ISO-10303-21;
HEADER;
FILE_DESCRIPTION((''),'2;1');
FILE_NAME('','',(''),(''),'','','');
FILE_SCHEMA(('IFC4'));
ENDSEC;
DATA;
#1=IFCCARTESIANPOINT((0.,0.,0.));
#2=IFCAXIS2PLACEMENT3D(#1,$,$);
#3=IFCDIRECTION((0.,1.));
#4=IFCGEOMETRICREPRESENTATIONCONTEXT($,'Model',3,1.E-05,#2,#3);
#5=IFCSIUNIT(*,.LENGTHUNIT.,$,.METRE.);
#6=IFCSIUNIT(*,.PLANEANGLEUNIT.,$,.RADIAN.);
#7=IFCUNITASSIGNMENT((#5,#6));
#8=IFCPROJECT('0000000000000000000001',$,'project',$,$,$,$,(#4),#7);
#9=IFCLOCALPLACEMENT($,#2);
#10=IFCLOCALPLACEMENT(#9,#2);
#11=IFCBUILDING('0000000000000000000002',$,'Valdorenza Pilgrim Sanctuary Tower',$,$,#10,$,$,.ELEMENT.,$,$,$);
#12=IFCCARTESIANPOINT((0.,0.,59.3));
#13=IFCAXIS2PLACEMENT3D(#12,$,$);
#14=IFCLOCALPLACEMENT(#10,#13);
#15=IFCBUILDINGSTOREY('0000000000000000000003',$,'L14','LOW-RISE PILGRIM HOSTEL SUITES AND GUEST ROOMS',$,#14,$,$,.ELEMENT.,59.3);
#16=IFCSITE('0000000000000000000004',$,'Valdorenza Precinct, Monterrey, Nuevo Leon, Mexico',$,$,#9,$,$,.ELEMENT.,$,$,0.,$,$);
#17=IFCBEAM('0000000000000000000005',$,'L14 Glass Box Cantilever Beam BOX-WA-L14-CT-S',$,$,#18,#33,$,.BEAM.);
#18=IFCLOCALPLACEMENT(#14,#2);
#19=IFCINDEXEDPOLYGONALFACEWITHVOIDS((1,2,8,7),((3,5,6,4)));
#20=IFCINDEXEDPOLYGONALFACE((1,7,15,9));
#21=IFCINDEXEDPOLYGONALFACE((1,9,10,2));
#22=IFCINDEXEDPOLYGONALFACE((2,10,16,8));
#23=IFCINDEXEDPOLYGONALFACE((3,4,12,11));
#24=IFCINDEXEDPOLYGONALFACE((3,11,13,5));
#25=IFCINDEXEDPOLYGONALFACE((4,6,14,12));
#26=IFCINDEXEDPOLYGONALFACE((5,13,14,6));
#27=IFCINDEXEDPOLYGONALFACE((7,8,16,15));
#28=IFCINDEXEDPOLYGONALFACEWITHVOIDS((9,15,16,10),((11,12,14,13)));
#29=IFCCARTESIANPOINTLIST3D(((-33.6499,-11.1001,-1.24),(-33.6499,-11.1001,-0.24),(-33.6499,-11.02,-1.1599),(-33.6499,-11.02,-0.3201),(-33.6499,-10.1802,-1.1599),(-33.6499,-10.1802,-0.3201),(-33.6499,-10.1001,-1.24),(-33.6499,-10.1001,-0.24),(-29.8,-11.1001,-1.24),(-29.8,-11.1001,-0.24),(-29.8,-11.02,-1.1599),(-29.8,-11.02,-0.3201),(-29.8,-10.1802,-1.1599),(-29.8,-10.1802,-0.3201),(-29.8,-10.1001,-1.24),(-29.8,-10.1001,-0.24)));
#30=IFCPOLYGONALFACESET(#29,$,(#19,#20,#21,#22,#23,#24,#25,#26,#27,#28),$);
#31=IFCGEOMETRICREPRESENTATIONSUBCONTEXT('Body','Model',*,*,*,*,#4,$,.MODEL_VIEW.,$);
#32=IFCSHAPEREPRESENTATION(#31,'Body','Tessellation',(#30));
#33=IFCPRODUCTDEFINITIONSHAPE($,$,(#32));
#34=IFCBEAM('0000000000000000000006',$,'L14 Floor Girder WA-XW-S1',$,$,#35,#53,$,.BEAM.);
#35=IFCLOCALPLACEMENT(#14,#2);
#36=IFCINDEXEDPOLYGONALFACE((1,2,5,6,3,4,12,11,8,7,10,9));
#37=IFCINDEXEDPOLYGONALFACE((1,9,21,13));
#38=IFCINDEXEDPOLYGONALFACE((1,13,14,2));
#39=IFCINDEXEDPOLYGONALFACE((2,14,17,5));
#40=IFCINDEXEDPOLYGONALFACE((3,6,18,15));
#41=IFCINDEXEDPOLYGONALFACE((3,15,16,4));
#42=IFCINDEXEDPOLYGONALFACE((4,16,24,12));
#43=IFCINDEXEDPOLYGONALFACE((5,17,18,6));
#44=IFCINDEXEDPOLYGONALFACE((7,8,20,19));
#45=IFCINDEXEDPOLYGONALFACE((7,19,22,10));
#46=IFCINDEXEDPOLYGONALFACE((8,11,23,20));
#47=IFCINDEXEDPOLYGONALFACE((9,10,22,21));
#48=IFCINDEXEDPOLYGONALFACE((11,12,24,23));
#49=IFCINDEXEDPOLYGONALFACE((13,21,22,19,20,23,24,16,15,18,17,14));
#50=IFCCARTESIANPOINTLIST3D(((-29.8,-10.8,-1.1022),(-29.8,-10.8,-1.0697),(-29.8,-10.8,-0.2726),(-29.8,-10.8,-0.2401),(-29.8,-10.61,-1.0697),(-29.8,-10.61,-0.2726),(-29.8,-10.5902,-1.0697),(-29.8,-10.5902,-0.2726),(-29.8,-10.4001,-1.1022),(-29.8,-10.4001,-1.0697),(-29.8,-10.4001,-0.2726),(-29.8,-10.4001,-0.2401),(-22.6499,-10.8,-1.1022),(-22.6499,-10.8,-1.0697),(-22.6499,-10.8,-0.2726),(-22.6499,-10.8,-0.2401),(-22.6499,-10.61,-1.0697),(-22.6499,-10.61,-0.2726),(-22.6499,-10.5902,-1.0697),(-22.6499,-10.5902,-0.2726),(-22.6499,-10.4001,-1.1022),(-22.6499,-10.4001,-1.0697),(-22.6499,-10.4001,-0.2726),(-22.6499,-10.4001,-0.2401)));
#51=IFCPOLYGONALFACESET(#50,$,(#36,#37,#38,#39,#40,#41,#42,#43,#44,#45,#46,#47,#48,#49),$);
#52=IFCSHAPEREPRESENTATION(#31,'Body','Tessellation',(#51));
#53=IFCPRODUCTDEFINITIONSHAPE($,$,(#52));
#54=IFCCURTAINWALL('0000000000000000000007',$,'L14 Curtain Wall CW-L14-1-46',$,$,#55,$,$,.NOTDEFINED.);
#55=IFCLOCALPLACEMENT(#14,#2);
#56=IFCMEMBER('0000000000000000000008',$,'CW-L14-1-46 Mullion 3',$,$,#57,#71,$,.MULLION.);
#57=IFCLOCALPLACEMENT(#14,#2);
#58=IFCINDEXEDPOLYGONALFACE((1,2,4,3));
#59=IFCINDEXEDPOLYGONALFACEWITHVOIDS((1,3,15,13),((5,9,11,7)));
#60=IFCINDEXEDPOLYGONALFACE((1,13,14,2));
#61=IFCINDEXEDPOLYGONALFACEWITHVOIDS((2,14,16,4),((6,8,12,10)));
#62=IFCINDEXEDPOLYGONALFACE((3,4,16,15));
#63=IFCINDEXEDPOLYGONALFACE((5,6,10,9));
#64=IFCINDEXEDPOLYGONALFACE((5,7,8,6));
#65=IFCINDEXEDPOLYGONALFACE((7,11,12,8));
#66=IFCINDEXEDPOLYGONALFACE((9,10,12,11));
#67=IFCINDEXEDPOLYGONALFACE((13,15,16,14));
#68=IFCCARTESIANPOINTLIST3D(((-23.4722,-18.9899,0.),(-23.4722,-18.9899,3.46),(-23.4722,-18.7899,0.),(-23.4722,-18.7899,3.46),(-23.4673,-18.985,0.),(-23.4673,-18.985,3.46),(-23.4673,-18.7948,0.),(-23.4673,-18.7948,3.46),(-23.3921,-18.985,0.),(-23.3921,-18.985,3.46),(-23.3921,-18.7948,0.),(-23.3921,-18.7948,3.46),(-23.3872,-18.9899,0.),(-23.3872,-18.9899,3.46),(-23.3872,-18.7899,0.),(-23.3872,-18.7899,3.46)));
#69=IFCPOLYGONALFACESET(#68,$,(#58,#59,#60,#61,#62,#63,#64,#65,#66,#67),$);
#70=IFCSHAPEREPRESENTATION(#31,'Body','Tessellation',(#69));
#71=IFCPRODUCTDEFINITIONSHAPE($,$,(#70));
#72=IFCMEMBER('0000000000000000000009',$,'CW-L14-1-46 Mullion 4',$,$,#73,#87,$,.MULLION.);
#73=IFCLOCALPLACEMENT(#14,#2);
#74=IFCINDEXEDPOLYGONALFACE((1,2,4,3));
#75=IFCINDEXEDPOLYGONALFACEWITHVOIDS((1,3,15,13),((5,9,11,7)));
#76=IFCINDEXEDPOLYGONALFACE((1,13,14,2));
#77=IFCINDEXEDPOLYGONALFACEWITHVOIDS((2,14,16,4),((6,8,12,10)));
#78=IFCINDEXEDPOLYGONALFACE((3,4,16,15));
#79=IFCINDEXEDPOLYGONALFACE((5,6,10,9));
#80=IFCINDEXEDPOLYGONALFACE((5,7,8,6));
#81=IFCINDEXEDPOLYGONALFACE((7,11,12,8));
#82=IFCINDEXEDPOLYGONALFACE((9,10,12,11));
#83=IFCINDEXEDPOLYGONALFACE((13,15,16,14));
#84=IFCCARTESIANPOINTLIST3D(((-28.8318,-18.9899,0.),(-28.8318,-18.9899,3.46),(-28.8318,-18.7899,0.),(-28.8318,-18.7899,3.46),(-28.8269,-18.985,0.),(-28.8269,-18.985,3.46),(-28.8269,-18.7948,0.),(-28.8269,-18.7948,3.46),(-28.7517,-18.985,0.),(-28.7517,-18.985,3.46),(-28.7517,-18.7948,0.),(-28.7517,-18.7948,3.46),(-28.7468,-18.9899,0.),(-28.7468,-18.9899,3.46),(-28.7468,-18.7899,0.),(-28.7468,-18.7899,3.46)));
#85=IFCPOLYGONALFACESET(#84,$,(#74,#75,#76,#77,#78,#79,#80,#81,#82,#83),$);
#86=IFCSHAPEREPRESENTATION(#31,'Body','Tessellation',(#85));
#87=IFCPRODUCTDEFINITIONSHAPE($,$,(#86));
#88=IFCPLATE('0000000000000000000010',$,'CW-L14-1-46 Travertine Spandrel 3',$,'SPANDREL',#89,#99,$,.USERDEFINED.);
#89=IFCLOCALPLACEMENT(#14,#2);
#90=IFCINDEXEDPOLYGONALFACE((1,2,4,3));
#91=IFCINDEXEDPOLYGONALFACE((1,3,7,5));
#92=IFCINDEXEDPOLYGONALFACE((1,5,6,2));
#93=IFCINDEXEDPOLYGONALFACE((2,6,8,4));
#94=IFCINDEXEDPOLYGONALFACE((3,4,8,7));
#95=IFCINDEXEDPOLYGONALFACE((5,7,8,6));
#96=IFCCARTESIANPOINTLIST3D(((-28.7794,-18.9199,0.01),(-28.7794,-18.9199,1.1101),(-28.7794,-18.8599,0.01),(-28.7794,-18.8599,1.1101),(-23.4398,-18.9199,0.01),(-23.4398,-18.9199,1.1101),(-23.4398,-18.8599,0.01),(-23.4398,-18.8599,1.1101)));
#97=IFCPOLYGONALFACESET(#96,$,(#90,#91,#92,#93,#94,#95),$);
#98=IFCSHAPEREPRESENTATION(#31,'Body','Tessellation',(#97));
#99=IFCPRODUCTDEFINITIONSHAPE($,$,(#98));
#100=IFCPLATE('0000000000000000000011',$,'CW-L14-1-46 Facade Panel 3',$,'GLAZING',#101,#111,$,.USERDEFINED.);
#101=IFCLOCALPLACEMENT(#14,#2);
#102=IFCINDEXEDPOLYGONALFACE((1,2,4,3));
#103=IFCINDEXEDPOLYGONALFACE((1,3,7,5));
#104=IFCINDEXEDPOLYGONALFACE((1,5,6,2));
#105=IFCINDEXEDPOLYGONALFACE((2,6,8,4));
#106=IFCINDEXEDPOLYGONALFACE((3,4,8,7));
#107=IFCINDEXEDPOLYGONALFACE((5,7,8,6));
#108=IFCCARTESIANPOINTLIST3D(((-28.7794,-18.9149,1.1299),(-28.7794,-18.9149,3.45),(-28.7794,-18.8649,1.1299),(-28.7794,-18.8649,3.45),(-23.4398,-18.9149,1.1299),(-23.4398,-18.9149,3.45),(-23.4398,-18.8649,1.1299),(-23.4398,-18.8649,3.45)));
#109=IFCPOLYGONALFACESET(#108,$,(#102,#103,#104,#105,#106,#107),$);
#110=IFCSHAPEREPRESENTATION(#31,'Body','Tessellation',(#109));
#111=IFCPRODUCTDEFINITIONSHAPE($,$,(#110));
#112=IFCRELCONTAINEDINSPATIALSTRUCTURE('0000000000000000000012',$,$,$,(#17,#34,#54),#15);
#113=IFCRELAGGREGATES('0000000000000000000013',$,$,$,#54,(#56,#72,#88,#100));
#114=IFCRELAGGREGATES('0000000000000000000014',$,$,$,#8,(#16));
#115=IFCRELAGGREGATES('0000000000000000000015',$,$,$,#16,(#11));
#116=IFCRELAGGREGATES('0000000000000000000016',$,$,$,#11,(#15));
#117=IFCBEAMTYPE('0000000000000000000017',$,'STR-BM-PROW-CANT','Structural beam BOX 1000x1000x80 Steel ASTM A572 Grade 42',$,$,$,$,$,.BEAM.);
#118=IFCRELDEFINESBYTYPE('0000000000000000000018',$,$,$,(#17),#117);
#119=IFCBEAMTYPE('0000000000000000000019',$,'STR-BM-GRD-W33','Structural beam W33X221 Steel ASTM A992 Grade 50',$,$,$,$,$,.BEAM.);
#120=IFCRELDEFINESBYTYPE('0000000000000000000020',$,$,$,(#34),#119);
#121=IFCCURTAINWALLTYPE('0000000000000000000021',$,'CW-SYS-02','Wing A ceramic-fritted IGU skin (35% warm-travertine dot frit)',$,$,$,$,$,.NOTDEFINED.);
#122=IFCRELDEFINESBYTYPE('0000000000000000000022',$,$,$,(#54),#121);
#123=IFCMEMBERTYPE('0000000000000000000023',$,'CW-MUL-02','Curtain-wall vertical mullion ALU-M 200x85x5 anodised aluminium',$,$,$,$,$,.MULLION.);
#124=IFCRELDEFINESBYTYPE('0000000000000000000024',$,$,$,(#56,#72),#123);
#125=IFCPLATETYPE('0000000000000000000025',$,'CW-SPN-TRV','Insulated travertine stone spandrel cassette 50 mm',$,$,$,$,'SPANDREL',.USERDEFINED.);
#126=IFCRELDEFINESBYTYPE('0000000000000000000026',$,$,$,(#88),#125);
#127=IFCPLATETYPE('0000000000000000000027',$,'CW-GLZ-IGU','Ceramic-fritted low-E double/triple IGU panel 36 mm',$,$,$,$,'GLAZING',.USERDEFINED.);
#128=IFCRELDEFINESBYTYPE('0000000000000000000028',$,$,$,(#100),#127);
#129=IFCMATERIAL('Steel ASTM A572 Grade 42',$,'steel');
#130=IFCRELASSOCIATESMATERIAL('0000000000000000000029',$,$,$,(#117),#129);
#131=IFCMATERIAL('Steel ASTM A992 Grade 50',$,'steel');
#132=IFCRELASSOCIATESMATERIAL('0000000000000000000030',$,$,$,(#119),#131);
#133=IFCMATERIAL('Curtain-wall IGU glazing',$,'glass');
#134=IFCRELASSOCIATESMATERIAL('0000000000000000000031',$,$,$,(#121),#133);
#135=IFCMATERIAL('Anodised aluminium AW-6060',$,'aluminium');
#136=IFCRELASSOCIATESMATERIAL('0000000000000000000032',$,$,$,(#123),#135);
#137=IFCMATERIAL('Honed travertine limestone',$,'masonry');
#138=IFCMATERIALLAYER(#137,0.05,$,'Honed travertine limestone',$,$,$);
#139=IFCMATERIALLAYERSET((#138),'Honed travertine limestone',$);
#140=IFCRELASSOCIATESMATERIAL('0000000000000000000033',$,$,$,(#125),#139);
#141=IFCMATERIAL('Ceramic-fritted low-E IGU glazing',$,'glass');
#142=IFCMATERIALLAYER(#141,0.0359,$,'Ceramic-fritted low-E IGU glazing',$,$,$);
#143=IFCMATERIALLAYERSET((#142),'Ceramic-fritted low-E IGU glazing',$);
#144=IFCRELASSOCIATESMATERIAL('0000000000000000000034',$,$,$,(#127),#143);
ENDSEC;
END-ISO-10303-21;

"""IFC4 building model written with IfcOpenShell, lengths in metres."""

from ifc_helpers import new_model, si_unit, direction, frame, origin, origin_2d, place, context, subcontext, project, spatial, rectangle, hollow_rectangle, i_section, extrude, source, transform, mapped, material, layer, layer_set, material_profile, profile_set, type_object, element, aggregate, save


model = new_model("IFC4")

# Units and contexts
model_context = context("Model", 3, precision=1e-05, world=origin(), true_north=direction((0.0, 1.0)))
body_context = subcontext(model_context, "Body", "Model", "MODEL_VIEW")
ifc_project = project(units=[si_unit("LENGTHUNIT", "METRE"), si_unit("PLANEANGLEUNIT", "RADIAN")], contexts=[model_context])

# Site, building, storey
site_placement = place(None, origin())
site = spatial("IfcSite", under=ifc_project, at=site_placement, Name="Valdorenza Precinct, Monterrey, Nuevo Leon, Mexico", CompositionType="ELEMENT", RefElevation=0.0)
building_placement = place(site_placement, origin())
building = spatial("IfcBuilding", under=site, at=building_placement, Name="Valdorenza Pilgrim Sanctuary Tower", CompositionType="ELEMENT")
storey_placement = place(building_placement, frame((0.0, 0.0, 59.3)))
storey = spatial("IfcBuildingStorey", under=building, at=storey_placement, Name="L14", Description="LOW-RISE PILGRIM HOSTEL SUITES AND GUEST ROOMS", CompositionType="ELEMENT", Elevation=59.3)

# Shared definitions
ifc_material_1 = material(Name="Steel ASTM A992 Grade 50", Category="steel")

# Beams
ifc_material_2 = material(Name="Steel ASTM A572 Grade 42", Category="steel")
ifc_material_profile_1 = material_profile(ifc_material_2, hollow_rectangle(XDim=1.0, YDim=1.0, WallThickness=0.0801, at=origin_2d()), Name="BOX 1000x1000x80")
ifc_profile_set_1 = profile_set([ifc_material_profile_1], Name="Steel ASTM A572 Grade 42")
beam_type_1 = type_object("IfcBeamType", Name="STR-BM-PROW-CANT", Description="Structural beam BOX 1000x1000x80 Steel ASTM A572 Grade 42", PredefinedType="BEAM", material=ifc_profile_set_1)
shared_shape_1 = source(origin(), body_context, "Body", "SweptSolid", [
    extrude(hollow_rectangle(XDim=1.0, YDim=1.0, WallThickness=0.0801, at=origin_2d()), origin(), (0.0, 0.0, 1.0), 3.8499),
])
beam_1_placement = place(storey_placement, frame((-29.8, -10.6001, -0.74), z_axis=(-1.0, 0.0, 0.0), x_axis=(0.0, -1.0, 0.0)))
element("IfcBeam", 1, at=beam_1_placement, inside=storey, type_object=beam_type_1, Name="L14 Glass Box Cantilever Beam BOX-WA-L14-CT-S", PredefinedType="BEAM", context=body_context, shape_type="MappedRepresentation", body=[
    mapped(shared_shape_1, transform((0.0, 0.0, 0.0), x_axis=(1.0, 0.0, 0.0), y_axis=(0.0, 1.0, 0.0), z_axis=(0.0, 0.0, 1.0), scale=1.0)),
])
ifc_material_profile_2 = material_profile(ifc_material_1, i_section(OverallWidth=0.3999, OverallDepth=0.8621, WebThickness=0.0198, FlangeThickness=0.0325, at=origin_2d()), Name="W33X221")
ifc_profile_set_2 = profile_set([ifc_material_profile_2], Name="Steel ASTM A992 Grade 50")
beam_type_2 = type_object("IfcBeamType", Name="STR-BM-GRD-W33", Description="Structural beam W33X221 Steel ASTM A992 Grade 50", PredefinedType="BEAM", material=ifc_profile_set_2)
shared_shape_2 = source(origin(), body_context, "Body", "SweptSolid", [
    extrude(i_section(OverallWidth=0.3999, OverallDepth=0.8621, WebThickness=0.0198, FlangeThickness=0.0325, at=origin_2d()), origin(), (0.0, 0.0, 1.0), 7.1501),
])
beam_2_placement = place(storey_placement, frame((-29.8, -10.6001, -0.6711), z_axis=(1.0, 0.0, 0.0), x_axis=(0.0, 1.0, 0.0)))
element("IfcBeam", 2, at=beam_2_placement, inside=storey, type_object=beam_type_2, Name="L14 Floor Girder WA-XW-S1", PredefinedType="BEAM", context=body_context, shape_type="MappedRepresentation", body=[
    mapped(shared_shape_2, transform((0.0, 0.0, 0.0), x_axis=(1.0, 0.0, 0.0), y_axis=(0.0, 1.0, 0.0), z_axis=(0.0, 0.0, 1.0), scale=1.0)),
])

# Curtain wall, members, plates
ifc_material_3 = material(Name="Curtain-wall IGU glazing", Category="glass")
curtain_wall_type = type_object("IfcCurtainWallType", Name="CW-SYS-02", Description="Wing A ceramic-fritted IGU skin (35% warm-travertine dot frit)", PredefinedType="NOTDEFINED", material=ifc_material_3)
curtain_wall_placement = place(storey_placement, origin())
curtain_wall = element("IfcCurtainWall", 3, at=curtain_wall_placement, inside=storey, type_object=curtain_wall_type, Name="L14 Curtain Wall CW-L14-1-46", PredefinedType="NOTDEFINED")
ifc_material_4 = material(Name="Anodised aluminium AW-6060", Category="aluminium")
ifc_material_profile_3 = material_profile(ifc_material_4, hollow_rectangle(XDim=0.085, YDim=0.2, WallThickness=0.0049, at=origin_2d()), Name="ALU-M 200x85x5")
ifc_profile_set_3 = profile_set([ifc_material_profile_3], Name="Anodised aluminium AW-6060")
member_type = type_object("IfcMemberType", Name="CW-MUL-02", Description="Curtain-wall vertical mullion ALU-M 200x85x5 anodised aluminium", PredefinedType="MULLION", material=ifc_profile_set_3)
shared_shape_3 = source(origin(), body_context, "Body", "SweptSolid", [
    extrude(hollow_rectangle(XDim=0.085, YDim=0.2, WallThickness=0.0049, at=origin_2d()), origin(), (0.0, 0.0, 1.0), 3.46),
])
member_1_placement = place(storey_placement, frame((-23.4297, -18.8899, 0.0), z_axis=(0.0, 0.0, 1.0), x_axis=(-1.0, 0.0, 0.0)))
member_1 = element("IfcMember", 4, at=member_1_placement, type_object=member_type, Name="CW-L14-1-46 Mullion 3", PredefinedType="MULLION", context=body_context, shape_type="MappedRepresentation", body=[
    mapped(shared_shape_3, transform((0.0, 0.0, 0.0), x_axis=(1.0, 0.0, 0.0), y_axis=(0.0, 1.0, 0.0), z_axis=(0.0, 0.0, 1.0), scale=1.0)),
])
member_2_placement = place(storey_placement, frame((-28.7893, -18.8899, 0.0), z_axis=(0.0, 0.0, 1.0), x_axis=(-1.0, 0.0, 0.0)))
member_2 = element("IfcMember", 5, at=member_2_placement, type_object=member_type, Name="CW-L14-1-46 Mullion 4", PredefinedType="MULLION", context=body_context, shape_type="MappedRepresentation", body=[
    mapped(shared_shape_3, transform((0.0, 0.0, 0.0), x_axis=(1.0, 0.0, 0.0), y_axis=(0.0, 1.0, 0.0), z_axis=(0.0, 0.0, 1.0), scale=1.0)),
])
ifc_material_5 = material(Name="Honed travertine limestone", Category="masonry")
ifc_layer_1 = layer(ifc_material_5, 0.05, Name="Honed travertine limestone")
ifc_layer_set_1 = layer_set([ifc_layer_1], Name="Honed travertine limestone")
plate_type_1 = type_object("IfcPlateType", Name="CW-SPN-TRV", Description="Insulated travertine stone spandrel cassette 50 mm", ElementType="SPANDREL", PredefinedType="USERDEFINED", material=ifc_layer_set_1)
shared_shape_4 = source(origin(), body_context, "Body", "SweptSolid", [
    extrude(rectangle(XDim=5.3396, YDim=0.0601, at=origin_2d()), origin(), (0.0, 0.0, 1.0), 1.1001),
])
plate_1_placement = place(storey_placement, frame((-26.1096, -18.8899, 0.01), z_axis=(0.0, 0.0, 1.0), x_axis=(-1.0, 0.0, 0.0)))
plate_1 = element("IfcPlate", 6, at=plate_1_placement, type_object=plate_type_1, Name="CW-L14-1-46 Travertine Spandrel 3", ObjectType="SPANDREL", PredefinedType="USERDEFINED", context=body_context, shape_type="MappedRepresentation", body=[
    mapped(shared_shape_4, transform((0.0, 0.0, 0.0), x_axis=(1.0, 0.0, 0.0), y_axis=(0.0, 1.0, 0.0), z_axis=(0.0, 0.0, 1.0), scale=1.0)),
])
ifc_material_6 = material(Name="Ceramic-fritted low-E IGU glazing", Category="glass")
ifc_layer_2 = layer(ifc_material_6, 0.0359, Name="Ceramic-fritted low-E IGU glazing")
ifc_layer_set_2 = layer_set([ifc_layer_2], Name="Ceramic-fritted low-E IGU glazing")
plate_type_2 = type_object("IfcPlateType", Name="CW-GLZ-IGU", Description="Ceramic-fritted low-E double/triple IGU panel 36 mm", ElementType="GLAZING", PredefinedType="USERDEFINED", material=ifc_layer_set_2)
shared_shape_5 = source(origin(), body_context, "Body", "SweptSolid", [
    extrude(rectangle(XDim=5.3396, YDim=0.05, at=origin_2d()), origin(), (0.0, 0.0, 1.0), 2.3201),
])
plate_2_placement = place(storey_placement, frame((-26.1096, -18.8899, 1.1299), z_axis=(0.0, 0.0, 1.0), x_axis=(-1.0, 0.0, 0.0)))
plate_2 = element("IfcPlate", 7, at=plate_2_placement, type_object=plate_type_2, Name="CW-L14-1-46 Facade Panel 3", ObjectType="GLAZING", PredefinedType="USERDEFINED", context=body_context, shape_type="MappedRepresentation", body=[
    mapped(shared_shape_5, transform((0.0, 0.0, 0.0), x_axis=(1.0, 0.0, 0.0), y_axis=(0.0, 1.0, 0.0), z_axis=(0.0, 0.0, 1.0), scale=1.0)),
])
aggregate(curtain_wall, [member_1, member_2, plate_1, plate_2])

save(model, "model.ifc")
